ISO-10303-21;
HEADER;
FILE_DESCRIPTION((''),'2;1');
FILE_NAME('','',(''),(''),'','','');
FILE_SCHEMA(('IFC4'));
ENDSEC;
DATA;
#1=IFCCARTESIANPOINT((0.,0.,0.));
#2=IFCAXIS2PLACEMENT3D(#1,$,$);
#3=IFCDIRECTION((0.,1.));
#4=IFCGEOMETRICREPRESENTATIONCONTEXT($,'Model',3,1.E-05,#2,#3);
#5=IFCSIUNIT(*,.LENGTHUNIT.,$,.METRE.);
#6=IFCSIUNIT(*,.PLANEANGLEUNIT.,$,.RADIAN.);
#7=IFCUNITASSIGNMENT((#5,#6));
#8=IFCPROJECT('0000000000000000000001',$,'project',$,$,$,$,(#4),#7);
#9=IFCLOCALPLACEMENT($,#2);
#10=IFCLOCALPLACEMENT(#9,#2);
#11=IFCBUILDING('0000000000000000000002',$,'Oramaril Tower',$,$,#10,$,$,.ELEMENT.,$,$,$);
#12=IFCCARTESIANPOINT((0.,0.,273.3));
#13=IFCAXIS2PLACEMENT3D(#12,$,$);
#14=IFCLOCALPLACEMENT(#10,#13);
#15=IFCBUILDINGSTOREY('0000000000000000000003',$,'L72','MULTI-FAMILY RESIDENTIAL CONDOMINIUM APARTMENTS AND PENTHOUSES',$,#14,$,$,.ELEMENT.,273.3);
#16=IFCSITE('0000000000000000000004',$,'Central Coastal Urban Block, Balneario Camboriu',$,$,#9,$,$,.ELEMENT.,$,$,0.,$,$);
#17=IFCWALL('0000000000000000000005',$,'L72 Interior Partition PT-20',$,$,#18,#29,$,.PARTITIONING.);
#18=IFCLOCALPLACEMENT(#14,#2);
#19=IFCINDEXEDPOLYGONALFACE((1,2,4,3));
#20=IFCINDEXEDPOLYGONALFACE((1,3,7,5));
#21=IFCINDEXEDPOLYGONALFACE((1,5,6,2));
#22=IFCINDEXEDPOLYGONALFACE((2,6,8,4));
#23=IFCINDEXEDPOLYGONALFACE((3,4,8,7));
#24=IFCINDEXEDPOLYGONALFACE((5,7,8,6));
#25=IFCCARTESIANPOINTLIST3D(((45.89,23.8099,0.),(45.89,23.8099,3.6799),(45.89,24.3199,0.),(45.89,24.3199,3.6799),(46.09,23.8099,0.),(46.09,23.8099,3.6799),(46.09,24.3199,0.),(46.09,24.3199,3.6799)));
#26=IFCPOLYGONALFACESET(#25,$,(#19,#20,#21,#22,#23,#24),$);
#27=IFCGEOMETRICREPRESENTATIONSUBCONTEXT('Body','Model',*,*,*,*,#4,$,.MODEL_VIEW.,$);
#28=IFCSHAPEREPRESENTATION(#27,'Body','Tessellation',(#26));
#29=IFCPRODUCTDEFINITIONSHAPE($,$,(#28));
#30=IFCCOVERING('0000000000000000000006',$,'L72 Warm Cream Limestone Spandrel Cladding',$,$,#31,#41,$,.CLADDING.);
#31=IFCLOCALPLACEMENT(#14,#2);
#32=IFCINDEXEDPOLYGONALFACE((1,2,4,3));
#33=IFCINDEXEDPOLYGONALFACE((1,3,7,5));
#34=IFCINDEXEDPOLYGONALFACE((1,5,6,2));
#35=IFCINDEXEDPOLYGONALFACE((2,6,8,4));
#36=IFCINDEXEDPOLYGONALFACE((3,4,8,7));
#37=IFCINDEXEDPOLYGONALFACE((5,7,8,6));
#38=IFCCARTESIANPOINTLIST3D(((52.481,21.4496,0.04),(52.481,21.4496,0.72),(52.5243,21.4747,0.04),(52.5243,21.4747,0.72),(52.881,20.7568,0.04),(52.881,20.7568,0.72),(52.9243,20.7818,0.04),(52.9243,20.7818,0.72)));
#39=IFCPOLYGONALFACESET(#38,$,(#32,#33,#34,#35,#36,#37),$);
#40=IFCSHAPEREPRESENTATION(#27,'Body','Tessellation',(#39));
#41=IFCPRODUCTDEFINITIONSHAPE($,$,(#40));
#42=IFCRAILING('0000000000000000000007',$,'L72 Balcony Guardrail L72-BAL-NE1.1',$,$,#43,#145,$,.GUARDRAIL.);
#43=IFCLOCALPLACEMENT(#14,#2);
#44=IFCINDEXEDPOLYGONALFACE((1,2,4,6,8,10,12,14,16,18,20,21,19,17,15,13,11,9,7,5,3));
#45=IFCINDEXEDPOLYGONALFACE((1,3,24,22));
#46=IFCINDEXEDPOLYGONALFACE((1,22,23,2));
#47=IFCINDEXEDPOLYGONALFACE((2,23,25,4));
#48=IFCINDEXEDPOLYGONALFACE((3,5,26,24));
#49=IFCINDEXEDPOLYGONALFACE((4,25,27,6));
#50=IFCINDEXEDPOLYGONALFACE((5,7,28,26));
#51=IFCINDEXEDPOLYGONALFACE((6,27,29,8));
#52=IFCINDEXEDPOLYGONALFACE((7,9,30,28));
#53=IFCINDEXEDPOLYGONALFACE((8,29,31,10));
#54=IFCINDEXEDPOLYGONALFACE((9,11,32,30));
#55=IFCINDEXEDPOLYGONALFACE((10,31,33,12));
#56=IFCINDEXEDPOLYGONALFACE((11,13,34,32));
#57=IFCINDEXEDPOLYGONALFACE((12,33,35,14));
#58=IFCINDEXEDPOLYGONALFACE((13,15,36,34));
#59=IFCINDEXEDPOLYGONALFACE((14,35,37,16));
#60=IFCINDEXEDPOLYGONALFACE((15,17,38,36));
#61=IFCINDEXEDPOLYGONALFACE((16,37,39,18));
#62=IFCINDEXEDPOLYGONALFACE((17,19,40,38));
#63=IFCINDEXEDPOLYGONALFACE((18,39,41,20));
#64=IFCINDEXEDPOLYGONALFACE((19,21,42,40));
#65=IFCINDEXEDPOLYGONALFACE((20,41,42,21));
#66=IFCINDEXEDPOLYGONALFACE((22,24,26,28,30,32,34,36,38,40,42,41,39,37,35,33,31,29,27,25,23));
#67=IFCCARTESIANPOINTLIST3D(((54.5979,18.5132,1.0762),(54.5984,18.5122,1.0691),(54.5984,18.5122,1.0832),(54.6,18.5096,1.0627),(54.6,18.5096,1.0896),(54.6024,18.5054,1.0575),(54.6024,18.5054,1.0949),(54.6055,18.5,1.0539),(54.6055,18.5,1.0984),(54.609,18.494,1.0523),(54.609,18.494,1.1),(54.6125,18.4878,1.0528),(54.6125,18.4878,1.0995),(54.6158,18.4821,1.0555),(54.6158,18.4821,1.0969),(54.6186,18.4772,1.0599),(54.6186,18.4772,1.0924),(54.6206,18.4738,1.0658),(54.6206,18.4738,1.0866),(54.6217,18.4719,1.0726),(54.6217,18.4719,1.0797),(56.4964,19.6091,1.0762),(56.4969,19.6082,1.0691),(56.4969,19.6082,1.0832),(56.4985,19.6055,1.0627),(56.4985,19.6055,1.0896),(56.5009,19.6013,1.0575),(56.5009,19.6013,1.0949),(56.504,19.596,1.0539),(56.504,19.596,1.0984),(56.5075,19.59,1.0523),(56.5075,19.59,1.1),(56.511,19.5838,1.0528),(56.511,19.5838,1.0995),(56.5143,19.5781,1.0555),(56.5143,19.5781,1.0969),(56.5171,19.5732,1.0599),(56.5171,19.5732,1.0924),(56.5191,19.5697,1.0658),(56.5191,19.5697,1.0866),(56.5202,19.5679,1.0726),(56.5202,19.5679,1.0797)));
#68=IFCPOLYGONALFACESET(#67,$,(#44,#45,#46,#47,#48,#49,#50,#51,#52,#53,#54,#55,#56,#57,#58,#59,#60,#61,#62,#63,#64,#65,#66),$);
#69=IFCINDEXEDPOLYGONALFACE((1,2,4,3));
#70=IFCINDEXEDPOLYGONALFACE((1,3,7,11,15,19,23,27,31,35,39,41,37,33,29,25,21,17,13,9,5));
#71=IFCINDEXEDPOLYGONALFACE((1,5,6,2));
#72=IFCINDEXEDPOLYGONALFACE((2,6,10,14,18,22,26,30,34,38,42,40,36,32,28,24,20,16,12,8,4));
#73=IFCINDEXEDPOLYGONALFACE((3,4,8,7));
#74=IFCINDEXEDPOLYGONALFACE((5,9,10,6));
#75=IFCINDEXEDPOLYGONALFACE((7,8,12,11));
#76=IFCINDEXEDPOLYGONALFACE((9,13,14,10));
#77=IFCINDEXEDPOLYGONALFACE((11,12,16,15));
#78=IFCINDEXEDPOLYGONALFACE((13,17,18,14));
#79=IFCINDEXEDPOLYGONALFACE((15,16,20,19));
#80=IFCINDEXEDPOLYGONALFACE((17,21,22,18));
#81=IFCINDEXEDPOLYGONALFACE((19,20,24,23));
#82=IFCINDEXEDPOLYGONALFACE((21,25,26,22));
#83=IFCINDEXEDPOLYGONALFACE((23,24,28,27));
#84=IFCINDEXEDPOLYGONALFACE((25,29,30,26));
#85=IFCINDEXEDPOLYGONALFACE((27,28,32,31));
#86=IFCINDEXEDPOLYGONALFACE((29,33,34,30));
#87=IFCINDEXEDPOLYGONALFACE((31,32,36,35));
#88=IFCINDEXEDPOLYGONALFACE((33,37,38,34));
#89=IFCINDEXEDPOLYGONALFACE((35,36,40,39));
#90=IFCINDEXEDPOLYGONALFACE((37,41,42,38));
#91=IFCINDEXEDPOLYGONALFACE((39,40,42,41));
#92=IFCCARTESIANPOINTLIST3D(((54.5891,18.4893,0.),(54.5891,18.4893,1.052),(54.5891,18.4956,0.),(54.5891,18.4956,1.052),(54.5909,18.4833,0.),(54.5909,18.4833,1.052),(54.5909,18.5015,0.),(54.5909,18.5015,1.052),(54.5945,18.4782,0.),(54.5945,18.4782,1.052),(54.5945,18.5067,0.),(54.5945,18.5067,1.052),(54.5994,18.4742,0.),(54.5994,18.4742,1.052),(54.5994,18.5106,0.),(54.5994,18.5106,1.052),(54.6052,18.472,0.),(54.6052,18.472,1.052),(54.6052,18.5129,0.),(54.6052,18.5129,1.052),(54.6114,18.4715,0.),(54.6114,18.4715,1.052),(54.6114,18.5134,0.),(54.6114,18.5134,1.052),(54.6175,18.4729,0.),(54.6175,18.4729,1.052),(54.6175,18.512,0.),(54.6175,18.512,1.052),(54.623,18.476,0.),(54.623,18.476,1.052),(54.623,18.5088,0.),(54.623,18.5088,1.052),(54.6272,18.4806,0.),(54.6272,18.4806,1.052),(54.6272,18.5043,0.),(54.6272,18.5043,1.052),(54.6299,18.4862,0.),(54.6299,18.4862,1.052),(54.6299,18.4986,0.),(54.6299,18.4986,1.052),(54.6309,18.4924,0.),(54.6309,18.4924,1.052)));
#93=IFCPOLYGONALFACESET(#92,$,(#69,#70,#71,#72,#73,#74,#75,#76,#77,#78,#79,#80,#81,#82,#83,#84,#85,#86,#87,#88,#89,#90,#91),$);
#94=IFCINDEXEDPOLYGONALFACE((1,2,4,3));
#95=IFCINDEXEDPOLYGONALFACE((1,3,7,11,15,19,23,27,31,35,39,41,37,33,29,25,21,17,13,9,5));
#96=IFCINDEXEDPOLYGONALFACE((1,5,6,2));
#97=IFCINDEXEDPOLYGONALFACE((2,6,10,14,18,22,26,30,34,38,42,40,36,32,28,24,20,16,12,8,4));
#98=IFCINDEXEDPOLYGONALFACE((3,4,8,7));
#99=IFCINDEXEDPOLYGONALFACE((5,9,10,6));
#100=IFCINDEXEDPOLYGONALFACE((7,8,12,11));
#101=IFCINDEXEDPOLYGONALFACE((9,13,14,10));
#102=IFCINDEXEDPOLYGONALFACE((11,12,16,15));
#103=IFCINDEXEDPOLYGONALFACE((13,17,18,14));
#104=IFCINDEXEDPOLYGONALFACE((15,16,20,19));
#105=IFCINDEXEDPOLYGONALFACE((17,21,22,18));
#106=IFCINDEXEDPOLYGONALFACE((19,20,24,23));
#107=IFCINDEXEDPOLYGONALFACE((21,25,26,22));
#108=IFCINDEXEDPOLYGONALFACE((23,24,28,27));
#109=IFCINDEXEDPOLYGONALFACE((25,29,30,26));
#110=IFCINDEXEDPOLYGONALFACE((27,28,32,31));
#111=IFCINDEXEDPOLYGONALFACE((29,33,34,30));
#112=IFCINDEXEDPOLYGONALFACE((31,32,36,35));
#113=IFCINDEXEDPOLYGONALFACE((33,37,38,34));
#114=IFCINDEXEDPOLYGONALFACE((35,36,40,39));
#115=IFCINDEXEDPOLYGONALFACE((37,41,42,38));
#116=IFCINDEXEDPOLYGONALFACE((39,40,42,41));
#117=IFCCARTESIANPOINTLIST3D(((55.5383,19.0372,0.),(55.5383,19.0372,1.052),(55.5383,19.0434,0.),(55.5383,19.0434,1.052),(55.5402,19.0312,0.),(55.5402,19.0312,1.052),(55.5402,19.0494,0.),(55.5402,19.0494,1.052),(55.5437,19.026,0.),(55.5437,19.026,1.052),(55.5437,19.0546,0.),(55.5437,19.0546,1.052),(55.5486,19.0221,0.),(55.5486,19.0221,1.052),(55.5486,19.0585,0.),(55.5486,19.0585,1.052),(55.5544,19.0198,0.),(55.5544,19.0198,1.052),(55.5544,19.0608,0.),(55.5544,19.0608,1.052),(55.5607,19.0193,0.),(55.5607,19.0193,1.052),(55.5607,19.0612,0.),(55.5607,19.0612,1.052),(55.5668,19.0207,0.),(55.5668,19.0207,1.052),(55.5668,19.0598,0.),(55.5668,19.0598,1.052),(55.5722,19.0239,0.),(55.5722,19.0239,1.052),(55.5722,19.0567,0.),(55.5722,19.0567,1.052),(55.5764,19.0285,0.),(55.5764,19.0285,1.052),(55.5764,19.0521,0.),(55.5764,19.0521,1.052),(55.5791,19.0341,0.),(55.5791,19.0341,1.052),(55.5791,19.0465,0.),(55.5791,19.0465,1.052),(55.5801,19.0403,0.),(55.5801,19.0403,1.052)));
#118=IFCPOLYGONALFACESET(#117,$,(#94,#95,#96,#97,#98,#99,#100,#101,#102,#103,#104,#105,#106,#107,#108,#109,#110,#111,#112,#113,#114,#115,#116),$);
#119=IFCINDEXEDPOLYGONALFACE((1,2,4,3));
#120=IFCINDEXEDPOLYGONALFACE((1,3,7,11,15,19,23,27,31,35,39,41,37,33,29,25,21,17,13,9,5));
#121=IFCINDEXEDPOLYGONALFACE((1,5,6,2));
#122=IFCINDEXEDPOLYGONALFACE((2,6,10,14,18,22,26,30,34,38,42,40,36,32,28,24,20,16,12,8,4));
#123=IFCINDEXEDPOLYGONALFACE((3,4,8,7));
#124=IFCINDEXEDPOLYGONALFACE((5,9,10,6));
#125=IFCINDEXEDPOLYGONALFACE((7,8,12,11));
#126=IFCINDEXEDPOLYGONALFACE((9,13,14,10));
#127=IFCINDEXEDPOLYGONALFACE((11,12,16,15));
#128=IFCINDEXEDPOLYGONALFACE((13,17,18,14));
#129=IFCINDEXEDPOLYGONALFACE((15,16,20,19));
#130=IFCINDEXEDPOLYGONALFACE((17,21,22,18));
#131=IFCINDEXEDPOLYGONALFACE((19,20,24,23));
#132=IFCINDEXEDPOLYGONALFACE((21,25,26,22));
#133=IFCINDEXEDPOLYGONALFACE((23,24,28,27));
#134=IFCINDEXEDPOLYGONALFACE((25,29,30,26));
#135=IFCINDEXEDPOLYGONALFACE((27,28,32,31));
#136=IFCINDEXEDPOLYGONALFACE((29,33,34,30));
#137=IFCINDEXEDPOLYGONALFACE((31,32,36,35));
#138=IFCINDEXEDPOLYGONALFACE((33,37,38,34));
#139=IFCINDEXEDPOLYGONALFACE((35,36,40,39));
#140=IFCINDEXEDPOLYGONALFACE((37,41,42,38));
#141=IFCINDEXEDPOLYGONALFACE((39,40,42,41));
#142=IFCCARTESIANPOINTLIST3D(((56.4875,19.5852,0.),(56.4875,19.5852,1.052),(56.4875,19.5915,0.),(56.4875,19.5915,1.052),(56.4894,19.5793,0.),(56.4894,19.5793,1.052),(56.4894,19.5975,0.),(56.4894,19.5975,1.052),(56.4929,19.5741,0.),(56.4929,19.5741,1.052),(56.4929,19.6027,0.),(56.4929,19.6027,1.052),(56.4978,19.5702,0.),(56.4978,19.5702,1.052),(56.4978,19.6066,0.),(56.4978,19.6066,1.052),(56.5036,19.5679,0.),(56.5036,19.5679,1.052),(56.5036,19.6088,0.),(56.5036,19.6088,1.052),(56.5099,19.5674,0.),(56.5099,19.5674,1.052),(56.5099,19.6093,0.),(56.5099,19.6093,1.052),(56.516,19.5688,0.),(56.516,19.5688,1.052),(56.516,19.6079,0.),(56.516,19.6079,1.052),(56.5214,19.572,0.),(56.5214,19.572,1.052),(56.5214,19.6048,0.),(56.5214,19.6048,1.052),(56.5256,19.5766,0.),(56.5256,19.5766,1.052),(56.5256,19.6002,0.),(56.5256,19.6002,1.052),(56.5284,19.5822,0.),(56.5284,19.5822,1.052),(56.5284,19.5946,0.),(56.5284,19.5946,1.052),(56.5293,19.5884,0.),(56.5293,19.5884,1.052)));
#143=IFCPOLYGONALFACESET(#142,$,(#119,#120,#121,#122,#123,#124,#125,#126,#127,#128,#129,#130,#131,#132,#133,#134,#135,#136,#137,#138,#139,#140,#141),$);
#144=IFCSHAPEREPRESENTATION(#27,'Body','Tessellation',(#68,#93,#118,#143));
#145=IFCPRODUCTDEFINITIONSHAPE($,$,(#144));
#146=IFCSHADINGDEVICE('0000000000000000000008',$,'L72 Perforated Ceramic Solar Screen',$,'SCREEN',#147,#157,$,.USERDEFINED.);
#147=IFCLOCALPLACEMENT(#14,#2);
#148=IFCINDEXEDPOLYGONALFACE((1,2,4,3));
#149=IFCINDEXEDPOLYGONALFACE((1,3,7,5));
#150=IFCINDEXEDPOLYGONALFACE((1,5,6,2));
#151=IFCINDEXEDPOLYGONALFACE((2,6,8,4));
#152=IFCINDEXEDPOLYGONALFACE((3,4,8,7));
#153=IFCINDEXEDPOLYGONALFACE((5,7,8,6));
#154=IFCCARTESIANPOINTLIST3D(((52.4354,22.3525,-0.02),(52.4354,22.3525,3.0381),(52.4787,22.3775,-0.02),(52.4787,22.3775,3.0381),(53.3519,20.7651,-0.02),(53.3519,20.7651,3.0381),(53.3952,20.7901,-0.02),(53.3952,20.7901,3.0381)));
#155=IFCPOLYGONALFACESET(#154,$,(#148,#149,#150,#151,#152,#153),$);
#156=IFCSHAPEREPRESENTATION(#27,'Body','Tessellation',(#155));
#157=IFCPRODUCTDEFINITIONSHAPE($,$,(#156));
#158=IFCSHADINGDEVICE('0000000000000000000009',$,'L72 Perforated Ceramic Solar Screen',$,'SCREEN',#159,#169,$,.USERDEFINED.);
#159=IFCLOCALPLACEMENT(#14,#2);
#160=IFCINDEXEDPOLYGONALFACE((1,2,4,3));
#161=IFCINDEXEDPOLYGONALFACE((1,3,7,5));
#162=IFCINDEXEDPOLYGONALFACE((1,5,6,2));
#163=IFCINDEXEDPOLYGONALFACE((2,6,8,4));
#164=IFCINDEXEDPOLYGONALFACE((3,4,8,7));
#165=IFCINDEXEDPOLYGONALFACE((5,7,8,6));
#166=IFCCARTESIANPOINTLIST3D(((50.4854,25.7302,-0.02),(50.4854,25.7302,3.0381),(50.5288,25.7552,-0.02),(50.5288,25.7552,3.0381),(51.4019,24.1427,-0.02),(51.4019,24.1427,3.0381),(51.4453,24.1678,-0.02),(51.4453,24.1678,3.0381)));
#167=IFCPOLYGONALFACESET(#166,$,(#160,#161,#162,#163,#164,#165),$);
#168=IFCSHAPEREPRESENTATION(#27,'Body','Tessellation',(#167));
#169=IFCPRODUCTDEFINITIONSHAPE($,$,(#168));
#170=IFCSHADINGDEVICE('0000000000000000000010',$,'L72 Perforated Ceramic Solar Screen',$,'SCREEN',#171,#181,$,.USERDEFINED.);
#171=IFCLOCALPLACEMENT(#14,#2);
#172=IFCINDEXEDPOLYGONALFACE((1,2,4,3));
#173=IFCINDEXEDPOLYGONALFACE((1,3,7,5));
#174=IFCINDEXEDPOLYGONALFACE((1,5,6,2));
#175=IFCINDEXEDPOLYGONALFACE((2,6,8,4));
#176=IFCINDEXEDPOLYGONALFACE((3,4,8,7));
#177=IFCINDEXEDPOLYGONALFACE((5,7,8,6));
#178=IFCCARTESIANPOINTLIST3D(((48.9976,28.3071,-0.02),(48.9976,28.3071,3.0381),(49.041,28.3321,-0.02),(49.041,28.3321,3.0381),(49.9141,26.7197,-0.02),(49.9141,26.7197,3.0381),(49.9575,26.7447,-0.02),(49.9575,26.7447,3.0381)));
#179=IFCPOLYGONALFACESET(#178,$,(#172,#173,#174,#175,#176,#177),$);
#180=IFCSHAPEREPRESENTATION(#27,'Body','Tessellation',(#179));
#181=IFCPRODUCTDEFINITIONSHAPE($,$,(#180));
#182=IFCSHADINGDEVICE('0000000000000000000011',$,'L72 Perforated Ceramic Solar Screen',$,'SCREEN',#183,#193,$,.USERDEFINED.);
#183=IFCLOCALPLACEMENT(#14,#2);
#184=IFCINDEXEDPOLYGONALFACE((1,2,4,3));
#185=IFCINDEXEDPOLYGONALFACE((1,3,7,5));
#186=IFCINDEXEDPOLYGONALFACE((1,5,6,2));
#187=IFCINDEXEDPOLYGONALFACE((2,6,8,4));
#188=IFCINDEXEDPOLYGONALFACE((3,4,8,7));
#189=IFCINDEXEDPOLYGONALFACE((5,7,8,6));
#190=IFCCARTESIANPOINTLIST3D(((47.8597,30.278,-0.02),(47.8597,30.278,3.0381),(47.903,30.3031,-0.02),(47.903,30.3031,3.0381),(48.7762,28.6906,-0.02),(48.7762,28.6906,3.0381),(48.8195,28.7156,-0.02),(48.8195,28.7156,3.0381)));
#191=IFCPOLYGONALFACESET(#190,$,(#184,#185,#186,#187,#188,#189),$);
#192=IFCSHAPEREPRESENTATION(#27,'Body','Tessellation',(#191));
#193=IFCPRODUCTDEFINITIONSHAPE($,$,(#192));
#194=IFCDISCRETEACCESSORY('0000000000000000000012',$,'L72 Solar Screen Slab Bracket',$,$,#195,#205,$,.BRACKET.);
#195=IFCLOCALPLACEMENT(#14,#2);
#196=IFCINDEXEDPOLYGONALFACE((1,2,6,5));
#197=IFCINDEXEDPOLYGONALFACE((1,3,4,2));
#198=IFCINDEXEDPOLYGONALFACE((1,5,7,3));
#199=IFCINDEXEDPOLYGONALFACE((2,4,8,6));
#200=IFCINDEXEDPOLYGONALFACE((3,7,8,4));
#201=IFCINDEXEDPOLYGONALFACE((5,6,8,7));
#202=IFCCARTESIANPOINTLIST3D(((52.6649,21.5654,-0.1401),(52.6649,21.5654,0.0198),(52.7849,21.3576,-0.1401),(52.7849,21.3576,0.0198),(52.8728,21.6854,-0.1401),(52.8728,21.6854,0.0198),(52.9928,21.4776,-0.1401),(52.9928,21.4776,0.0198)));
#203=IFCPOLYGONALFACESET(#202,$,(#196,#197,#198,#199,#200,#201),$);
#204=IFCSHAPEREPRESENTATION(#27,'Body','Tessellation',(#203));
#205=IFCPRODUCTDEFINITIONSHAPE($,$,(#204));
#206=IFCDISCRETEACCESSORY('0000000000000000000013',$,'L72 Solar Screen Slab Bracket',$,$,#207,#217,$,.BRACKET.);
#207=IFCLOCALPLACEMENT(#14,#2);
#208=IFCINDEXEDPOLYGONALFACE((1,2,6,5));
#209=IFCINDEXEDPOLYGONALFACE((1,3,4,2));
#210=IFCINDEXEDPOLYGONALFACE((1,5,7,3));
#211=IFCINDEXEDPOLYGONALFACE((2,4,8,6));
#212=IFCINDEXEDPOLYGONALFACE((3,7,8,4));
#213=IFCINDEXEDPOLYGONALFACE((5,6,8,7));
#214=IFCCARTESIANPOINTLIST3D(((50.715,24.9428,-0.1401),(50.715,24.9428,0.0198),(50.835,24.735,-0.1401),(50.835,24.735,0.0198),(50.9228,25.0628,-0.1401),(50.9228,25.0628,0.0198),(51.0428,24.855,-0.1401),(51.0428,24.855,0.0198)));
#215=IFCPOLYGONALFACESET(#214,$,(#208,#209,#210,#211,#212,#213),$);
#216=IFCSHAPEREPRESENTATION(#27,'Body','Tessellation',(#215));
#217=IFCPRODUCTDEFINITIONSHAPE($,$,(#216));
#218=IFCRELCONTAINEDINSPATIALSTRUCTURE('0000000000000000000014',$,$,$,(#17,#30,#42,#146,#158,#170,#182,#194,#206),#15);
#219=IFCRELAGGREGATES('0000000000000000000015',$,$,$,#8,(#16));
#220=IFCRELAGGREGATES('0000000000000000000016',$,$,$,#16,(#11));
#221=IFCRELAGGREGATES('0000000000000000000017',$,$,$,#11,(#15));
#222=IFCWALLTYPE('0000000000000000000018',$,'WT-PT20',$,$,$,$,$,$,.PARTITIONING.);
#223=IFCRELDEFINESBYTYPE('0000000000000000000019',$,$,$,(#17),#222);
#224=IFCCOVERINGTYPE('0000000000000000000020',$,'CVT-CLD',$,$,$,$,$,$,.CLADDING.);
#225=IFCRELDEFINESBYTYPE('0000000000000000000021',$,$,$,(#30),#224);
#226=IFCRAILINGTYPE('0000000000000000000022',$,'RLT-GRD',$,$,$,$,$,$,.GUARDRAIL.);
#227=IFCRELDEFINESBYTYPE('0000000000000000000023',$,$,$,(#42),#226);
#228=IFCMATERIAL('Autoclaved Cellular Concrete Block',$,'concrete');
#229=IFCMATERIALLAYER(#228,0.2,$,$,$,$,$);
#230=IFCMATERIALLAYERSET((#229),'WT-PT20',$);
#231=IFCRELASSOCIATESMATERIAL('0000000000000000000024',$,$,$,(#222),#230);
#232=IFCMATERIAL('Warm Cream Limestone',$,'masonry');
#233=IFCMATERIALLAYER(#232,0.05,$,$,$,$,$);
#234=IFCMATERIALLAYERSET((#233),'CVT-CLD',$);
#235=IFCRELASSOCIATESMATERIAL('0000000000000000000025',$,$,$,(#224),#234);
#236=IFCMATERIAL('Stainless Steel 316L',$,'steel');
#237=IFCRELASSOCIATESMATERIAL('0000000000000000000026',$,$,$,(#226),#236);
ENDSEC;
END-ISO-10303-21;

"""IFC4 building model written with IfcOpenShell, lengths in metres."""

from ifc_helpers import new_model, si_unit, direction, frame, frame_2d, origin, origin_2d, place, context, subcontext, project, spatial, rectangle, circle, extrude, material, layer, layer_set, type_object, element, save


model = new_model("IFC4")

# Units and contexts
model_context = context("Model", 3, precision=1e-05, world=origin(), true_north=direction((0.0, 1.0)))
body_context = subcontext(model_context, "Body", "Model", "MODEL_VIEW")
ifc_project = project(units=[si_unit("LENGTHUNIT", "METRE"), si_unit("PLANEANGLEUNIT", "RADIAN")], contexts=[model_context])

# Site, building, storey
site_placement = place(None, origin())
site = spatial("IfcSite", under=ifc_project, at=site_placement, Name="Central Coastal Urban Block, Balneario Camboriu", CompositionType="ELEMENT", RefElevation=0.0)
building_placement = place(site_placement, origin())
building = spatial("IfcBuilding", under=site, at=building_placement, Name="Oramaril Tower", CompositionType="ELEMENT")
storey_placement = place(building_placement, frame((0.0, 0.0, 273.3)))
storey = spatial("IfcBuildingStorey", under=building, at=storey_placement, Name="L72", Description="MULTI-FAMILY RESIDENTIAL CONDOMINIUM APARTMENTS AND PENTHOUSES", CompositionType="ELEMENT", Elevation=273.3)

# Wall
ifc_material_1 = material(Name="Autoclaved Cellular Concrete Block", Category="concrete")
ifc_layer_1 = layer(ifc_material_1, 0.2)
ifc_layer_set_1 = layer_set([ifc_layer_1], Name="WT-PT20")
wall_type_1 = type_object("IfcWallType", Name="WT-PT20", PredefinedType="PARTITIONING", material=ifc_layer_set_1)
wall_1_placement = place(storey_placement, frame((45.99, 23.8101, 0.0), z_axis=(0.0, 0.0, 1.0), x_axis=(0.0, 1.0, 0.0)))
element("IfcWall", 1, at=wall_1_placement, inside=storey, type_object=wall_type_1, Name="L72 Interior Partition PT-20", PredefinedType="PARTITIONING", context=body_context, shape_type="SweptSolid", body=[
    extrude(rectangle(XDim=0.51, YDim=0.2, at=frame_2d((0.2549, 0.0))), origin(), (0.0, 0.0, 1.0), 3.6799),
])

# Covering
ifc_material_2 = material(Name="Warm Cream Limestone", Category="masonry")
ifc_layer_2 = layer(ifc_material_2, 0.05)
ifc_layer_set_2 = layer_set([ifc_layer_2], Name="CVT-CLD")
covering_type = type_object("IfcCoveringType", Name="CVT-CLD", PredefinedType="CLADDING", material=ifc_layer_set_2)
covering_placement = place(storey_placement, frame((52.7026, 21.1157, 0.04), z_axis=(0.0, 0.0, 1.0), x_axis=(-0.499998, 0.866026, 0.0)))
element("IfcCovering", 2, at=covering_placement, inside=storey, type_object=covering_type, Name="L72 Warm Cream Limestone Spandrel Cladding", PredefinedType="CLADDING", context=body_context, shape_type="SweptSolid", body=[
    extrude(rectangle(XDim=0.8, YDim=0.05, at=origin_2d()), origin(), (0.0, 0.0, 1.0), 0.6799),
])

# Railing
ifc_material_3 = material(Name="Stainless Steel 316L", Category="steel")
railing_type = type_object("IfcRailingType", Name="RLT-GRD", PredefinedType="GUARDRAIL", material=ifc_material_3)
railing_1_placement = place(storey_placement, frame((54.6099, 18.4924, 0.0)))
element("IfcRailing", 3, at=railing_1_placement, inside=storey, type_object=railing_type, Name="L72 Balcony Guardrail L72-BAL-NE1.1", PredefinedType="GUARDRAIL", context=body_context, shape_type="SweptSolid", body=[
    extrude(circle(Radius=0.0239, at=origin_2d()), frame((0.0, 0.0, 1.0762), z_axis=(0.866048, 0.49996, 0.0), x_axis=(-0.49996, 0.866048, 0.0)), (0.0, 0.0, 1.0), 2.1921),
    extrude(circle(Radius=0.021, at=origin_2d()), origin(), (0.0, 0.0, 1.0), 1.052),
    extrude(circle(Radius=0.021, at=origin_2d()), frame((0.9492, 0.5479, 0.0)), (0.0, 0.0, 1.0), 1.052),
    extrude(circle(Radius=0.021, at=origin_2d()), frame((1.8984, 1.0959, 0.0)), (0.0, 0.0, 1.0), 1.052),
])

# Shading devices
for number, where, z_axis, x_axis, name in (
    (4, (52.9153, 21.5713, -0.02), (0.0, 0.0, 1.0), (-0.499998, 0.866026, 0.0), "L72 Perforated Ceramic Solar Screen"),
    (5, (50.9653, 24.949, -0.02), (0.0, 0.0, 1.0), (-0.499998, 0.866026, 0.0), "L72 Perforated Ceramic Solar Screen"),
    (6, (49.4775, 27.5259, -0.02), (0.0, 0.0, 1.0), (-0.499998, 0.866026, 0.0), "L72 Perforated Ceramic Solar Screen"),
    (7, (48.3396, 29.4968, -0.02), (0.0, 0.0, 1.0), (-0.499998, 0.866026, 0.0), "L72 Perforated Ceramic Solar Screen"),
):
    element("IfcShadingDevice", number, at=place(storey_placement, frame(where, z_axis=z_axis, x_axis=x_axis)), inside=storey, Name=name, ObjectType="SCREEN", PredefinedType="USERDEFINED", context=body_context, shape_type="SweptSolid", body=[
        extrude(rectangle(XDim=1.833, YDim=0.05, at=origin_2d()), origin(), (0.0, 0.0, 1.0), 3.0581),
    ])

# Discrete accessories
for number, where, z_axis, x_axis, name in (
    (8, (52.8289, 21.5215, -0.1401), (0.0, 0.0, 1.0), (-0.499998, 0.866026, 0.0), "L72 Solar Screen Slab Bracket"),
    (9, (50.8789, 24.8989, -0.1401), (0.0, 0.0, 1.0), (-0.499998, 0.866026, 0.0), "L72 Solar Screen Slab Bracket"),
):
    element("IfcDiscreteAccessory", number, at=place(storey_placement, frame(where, z_axis=z_axis, x_axis=x_axis)), inside=storey, Name=name, PredefinedType="BRACKET", context=body_context, shape_type="SweptSolid", body=[
        extrude(rectangle(XDim=0.24, YDim=0.24, at=origin_2d()), origin(), (0.0, 0.0, 1.0), 0.1599),
    ])

save(model, "model.ifc")
